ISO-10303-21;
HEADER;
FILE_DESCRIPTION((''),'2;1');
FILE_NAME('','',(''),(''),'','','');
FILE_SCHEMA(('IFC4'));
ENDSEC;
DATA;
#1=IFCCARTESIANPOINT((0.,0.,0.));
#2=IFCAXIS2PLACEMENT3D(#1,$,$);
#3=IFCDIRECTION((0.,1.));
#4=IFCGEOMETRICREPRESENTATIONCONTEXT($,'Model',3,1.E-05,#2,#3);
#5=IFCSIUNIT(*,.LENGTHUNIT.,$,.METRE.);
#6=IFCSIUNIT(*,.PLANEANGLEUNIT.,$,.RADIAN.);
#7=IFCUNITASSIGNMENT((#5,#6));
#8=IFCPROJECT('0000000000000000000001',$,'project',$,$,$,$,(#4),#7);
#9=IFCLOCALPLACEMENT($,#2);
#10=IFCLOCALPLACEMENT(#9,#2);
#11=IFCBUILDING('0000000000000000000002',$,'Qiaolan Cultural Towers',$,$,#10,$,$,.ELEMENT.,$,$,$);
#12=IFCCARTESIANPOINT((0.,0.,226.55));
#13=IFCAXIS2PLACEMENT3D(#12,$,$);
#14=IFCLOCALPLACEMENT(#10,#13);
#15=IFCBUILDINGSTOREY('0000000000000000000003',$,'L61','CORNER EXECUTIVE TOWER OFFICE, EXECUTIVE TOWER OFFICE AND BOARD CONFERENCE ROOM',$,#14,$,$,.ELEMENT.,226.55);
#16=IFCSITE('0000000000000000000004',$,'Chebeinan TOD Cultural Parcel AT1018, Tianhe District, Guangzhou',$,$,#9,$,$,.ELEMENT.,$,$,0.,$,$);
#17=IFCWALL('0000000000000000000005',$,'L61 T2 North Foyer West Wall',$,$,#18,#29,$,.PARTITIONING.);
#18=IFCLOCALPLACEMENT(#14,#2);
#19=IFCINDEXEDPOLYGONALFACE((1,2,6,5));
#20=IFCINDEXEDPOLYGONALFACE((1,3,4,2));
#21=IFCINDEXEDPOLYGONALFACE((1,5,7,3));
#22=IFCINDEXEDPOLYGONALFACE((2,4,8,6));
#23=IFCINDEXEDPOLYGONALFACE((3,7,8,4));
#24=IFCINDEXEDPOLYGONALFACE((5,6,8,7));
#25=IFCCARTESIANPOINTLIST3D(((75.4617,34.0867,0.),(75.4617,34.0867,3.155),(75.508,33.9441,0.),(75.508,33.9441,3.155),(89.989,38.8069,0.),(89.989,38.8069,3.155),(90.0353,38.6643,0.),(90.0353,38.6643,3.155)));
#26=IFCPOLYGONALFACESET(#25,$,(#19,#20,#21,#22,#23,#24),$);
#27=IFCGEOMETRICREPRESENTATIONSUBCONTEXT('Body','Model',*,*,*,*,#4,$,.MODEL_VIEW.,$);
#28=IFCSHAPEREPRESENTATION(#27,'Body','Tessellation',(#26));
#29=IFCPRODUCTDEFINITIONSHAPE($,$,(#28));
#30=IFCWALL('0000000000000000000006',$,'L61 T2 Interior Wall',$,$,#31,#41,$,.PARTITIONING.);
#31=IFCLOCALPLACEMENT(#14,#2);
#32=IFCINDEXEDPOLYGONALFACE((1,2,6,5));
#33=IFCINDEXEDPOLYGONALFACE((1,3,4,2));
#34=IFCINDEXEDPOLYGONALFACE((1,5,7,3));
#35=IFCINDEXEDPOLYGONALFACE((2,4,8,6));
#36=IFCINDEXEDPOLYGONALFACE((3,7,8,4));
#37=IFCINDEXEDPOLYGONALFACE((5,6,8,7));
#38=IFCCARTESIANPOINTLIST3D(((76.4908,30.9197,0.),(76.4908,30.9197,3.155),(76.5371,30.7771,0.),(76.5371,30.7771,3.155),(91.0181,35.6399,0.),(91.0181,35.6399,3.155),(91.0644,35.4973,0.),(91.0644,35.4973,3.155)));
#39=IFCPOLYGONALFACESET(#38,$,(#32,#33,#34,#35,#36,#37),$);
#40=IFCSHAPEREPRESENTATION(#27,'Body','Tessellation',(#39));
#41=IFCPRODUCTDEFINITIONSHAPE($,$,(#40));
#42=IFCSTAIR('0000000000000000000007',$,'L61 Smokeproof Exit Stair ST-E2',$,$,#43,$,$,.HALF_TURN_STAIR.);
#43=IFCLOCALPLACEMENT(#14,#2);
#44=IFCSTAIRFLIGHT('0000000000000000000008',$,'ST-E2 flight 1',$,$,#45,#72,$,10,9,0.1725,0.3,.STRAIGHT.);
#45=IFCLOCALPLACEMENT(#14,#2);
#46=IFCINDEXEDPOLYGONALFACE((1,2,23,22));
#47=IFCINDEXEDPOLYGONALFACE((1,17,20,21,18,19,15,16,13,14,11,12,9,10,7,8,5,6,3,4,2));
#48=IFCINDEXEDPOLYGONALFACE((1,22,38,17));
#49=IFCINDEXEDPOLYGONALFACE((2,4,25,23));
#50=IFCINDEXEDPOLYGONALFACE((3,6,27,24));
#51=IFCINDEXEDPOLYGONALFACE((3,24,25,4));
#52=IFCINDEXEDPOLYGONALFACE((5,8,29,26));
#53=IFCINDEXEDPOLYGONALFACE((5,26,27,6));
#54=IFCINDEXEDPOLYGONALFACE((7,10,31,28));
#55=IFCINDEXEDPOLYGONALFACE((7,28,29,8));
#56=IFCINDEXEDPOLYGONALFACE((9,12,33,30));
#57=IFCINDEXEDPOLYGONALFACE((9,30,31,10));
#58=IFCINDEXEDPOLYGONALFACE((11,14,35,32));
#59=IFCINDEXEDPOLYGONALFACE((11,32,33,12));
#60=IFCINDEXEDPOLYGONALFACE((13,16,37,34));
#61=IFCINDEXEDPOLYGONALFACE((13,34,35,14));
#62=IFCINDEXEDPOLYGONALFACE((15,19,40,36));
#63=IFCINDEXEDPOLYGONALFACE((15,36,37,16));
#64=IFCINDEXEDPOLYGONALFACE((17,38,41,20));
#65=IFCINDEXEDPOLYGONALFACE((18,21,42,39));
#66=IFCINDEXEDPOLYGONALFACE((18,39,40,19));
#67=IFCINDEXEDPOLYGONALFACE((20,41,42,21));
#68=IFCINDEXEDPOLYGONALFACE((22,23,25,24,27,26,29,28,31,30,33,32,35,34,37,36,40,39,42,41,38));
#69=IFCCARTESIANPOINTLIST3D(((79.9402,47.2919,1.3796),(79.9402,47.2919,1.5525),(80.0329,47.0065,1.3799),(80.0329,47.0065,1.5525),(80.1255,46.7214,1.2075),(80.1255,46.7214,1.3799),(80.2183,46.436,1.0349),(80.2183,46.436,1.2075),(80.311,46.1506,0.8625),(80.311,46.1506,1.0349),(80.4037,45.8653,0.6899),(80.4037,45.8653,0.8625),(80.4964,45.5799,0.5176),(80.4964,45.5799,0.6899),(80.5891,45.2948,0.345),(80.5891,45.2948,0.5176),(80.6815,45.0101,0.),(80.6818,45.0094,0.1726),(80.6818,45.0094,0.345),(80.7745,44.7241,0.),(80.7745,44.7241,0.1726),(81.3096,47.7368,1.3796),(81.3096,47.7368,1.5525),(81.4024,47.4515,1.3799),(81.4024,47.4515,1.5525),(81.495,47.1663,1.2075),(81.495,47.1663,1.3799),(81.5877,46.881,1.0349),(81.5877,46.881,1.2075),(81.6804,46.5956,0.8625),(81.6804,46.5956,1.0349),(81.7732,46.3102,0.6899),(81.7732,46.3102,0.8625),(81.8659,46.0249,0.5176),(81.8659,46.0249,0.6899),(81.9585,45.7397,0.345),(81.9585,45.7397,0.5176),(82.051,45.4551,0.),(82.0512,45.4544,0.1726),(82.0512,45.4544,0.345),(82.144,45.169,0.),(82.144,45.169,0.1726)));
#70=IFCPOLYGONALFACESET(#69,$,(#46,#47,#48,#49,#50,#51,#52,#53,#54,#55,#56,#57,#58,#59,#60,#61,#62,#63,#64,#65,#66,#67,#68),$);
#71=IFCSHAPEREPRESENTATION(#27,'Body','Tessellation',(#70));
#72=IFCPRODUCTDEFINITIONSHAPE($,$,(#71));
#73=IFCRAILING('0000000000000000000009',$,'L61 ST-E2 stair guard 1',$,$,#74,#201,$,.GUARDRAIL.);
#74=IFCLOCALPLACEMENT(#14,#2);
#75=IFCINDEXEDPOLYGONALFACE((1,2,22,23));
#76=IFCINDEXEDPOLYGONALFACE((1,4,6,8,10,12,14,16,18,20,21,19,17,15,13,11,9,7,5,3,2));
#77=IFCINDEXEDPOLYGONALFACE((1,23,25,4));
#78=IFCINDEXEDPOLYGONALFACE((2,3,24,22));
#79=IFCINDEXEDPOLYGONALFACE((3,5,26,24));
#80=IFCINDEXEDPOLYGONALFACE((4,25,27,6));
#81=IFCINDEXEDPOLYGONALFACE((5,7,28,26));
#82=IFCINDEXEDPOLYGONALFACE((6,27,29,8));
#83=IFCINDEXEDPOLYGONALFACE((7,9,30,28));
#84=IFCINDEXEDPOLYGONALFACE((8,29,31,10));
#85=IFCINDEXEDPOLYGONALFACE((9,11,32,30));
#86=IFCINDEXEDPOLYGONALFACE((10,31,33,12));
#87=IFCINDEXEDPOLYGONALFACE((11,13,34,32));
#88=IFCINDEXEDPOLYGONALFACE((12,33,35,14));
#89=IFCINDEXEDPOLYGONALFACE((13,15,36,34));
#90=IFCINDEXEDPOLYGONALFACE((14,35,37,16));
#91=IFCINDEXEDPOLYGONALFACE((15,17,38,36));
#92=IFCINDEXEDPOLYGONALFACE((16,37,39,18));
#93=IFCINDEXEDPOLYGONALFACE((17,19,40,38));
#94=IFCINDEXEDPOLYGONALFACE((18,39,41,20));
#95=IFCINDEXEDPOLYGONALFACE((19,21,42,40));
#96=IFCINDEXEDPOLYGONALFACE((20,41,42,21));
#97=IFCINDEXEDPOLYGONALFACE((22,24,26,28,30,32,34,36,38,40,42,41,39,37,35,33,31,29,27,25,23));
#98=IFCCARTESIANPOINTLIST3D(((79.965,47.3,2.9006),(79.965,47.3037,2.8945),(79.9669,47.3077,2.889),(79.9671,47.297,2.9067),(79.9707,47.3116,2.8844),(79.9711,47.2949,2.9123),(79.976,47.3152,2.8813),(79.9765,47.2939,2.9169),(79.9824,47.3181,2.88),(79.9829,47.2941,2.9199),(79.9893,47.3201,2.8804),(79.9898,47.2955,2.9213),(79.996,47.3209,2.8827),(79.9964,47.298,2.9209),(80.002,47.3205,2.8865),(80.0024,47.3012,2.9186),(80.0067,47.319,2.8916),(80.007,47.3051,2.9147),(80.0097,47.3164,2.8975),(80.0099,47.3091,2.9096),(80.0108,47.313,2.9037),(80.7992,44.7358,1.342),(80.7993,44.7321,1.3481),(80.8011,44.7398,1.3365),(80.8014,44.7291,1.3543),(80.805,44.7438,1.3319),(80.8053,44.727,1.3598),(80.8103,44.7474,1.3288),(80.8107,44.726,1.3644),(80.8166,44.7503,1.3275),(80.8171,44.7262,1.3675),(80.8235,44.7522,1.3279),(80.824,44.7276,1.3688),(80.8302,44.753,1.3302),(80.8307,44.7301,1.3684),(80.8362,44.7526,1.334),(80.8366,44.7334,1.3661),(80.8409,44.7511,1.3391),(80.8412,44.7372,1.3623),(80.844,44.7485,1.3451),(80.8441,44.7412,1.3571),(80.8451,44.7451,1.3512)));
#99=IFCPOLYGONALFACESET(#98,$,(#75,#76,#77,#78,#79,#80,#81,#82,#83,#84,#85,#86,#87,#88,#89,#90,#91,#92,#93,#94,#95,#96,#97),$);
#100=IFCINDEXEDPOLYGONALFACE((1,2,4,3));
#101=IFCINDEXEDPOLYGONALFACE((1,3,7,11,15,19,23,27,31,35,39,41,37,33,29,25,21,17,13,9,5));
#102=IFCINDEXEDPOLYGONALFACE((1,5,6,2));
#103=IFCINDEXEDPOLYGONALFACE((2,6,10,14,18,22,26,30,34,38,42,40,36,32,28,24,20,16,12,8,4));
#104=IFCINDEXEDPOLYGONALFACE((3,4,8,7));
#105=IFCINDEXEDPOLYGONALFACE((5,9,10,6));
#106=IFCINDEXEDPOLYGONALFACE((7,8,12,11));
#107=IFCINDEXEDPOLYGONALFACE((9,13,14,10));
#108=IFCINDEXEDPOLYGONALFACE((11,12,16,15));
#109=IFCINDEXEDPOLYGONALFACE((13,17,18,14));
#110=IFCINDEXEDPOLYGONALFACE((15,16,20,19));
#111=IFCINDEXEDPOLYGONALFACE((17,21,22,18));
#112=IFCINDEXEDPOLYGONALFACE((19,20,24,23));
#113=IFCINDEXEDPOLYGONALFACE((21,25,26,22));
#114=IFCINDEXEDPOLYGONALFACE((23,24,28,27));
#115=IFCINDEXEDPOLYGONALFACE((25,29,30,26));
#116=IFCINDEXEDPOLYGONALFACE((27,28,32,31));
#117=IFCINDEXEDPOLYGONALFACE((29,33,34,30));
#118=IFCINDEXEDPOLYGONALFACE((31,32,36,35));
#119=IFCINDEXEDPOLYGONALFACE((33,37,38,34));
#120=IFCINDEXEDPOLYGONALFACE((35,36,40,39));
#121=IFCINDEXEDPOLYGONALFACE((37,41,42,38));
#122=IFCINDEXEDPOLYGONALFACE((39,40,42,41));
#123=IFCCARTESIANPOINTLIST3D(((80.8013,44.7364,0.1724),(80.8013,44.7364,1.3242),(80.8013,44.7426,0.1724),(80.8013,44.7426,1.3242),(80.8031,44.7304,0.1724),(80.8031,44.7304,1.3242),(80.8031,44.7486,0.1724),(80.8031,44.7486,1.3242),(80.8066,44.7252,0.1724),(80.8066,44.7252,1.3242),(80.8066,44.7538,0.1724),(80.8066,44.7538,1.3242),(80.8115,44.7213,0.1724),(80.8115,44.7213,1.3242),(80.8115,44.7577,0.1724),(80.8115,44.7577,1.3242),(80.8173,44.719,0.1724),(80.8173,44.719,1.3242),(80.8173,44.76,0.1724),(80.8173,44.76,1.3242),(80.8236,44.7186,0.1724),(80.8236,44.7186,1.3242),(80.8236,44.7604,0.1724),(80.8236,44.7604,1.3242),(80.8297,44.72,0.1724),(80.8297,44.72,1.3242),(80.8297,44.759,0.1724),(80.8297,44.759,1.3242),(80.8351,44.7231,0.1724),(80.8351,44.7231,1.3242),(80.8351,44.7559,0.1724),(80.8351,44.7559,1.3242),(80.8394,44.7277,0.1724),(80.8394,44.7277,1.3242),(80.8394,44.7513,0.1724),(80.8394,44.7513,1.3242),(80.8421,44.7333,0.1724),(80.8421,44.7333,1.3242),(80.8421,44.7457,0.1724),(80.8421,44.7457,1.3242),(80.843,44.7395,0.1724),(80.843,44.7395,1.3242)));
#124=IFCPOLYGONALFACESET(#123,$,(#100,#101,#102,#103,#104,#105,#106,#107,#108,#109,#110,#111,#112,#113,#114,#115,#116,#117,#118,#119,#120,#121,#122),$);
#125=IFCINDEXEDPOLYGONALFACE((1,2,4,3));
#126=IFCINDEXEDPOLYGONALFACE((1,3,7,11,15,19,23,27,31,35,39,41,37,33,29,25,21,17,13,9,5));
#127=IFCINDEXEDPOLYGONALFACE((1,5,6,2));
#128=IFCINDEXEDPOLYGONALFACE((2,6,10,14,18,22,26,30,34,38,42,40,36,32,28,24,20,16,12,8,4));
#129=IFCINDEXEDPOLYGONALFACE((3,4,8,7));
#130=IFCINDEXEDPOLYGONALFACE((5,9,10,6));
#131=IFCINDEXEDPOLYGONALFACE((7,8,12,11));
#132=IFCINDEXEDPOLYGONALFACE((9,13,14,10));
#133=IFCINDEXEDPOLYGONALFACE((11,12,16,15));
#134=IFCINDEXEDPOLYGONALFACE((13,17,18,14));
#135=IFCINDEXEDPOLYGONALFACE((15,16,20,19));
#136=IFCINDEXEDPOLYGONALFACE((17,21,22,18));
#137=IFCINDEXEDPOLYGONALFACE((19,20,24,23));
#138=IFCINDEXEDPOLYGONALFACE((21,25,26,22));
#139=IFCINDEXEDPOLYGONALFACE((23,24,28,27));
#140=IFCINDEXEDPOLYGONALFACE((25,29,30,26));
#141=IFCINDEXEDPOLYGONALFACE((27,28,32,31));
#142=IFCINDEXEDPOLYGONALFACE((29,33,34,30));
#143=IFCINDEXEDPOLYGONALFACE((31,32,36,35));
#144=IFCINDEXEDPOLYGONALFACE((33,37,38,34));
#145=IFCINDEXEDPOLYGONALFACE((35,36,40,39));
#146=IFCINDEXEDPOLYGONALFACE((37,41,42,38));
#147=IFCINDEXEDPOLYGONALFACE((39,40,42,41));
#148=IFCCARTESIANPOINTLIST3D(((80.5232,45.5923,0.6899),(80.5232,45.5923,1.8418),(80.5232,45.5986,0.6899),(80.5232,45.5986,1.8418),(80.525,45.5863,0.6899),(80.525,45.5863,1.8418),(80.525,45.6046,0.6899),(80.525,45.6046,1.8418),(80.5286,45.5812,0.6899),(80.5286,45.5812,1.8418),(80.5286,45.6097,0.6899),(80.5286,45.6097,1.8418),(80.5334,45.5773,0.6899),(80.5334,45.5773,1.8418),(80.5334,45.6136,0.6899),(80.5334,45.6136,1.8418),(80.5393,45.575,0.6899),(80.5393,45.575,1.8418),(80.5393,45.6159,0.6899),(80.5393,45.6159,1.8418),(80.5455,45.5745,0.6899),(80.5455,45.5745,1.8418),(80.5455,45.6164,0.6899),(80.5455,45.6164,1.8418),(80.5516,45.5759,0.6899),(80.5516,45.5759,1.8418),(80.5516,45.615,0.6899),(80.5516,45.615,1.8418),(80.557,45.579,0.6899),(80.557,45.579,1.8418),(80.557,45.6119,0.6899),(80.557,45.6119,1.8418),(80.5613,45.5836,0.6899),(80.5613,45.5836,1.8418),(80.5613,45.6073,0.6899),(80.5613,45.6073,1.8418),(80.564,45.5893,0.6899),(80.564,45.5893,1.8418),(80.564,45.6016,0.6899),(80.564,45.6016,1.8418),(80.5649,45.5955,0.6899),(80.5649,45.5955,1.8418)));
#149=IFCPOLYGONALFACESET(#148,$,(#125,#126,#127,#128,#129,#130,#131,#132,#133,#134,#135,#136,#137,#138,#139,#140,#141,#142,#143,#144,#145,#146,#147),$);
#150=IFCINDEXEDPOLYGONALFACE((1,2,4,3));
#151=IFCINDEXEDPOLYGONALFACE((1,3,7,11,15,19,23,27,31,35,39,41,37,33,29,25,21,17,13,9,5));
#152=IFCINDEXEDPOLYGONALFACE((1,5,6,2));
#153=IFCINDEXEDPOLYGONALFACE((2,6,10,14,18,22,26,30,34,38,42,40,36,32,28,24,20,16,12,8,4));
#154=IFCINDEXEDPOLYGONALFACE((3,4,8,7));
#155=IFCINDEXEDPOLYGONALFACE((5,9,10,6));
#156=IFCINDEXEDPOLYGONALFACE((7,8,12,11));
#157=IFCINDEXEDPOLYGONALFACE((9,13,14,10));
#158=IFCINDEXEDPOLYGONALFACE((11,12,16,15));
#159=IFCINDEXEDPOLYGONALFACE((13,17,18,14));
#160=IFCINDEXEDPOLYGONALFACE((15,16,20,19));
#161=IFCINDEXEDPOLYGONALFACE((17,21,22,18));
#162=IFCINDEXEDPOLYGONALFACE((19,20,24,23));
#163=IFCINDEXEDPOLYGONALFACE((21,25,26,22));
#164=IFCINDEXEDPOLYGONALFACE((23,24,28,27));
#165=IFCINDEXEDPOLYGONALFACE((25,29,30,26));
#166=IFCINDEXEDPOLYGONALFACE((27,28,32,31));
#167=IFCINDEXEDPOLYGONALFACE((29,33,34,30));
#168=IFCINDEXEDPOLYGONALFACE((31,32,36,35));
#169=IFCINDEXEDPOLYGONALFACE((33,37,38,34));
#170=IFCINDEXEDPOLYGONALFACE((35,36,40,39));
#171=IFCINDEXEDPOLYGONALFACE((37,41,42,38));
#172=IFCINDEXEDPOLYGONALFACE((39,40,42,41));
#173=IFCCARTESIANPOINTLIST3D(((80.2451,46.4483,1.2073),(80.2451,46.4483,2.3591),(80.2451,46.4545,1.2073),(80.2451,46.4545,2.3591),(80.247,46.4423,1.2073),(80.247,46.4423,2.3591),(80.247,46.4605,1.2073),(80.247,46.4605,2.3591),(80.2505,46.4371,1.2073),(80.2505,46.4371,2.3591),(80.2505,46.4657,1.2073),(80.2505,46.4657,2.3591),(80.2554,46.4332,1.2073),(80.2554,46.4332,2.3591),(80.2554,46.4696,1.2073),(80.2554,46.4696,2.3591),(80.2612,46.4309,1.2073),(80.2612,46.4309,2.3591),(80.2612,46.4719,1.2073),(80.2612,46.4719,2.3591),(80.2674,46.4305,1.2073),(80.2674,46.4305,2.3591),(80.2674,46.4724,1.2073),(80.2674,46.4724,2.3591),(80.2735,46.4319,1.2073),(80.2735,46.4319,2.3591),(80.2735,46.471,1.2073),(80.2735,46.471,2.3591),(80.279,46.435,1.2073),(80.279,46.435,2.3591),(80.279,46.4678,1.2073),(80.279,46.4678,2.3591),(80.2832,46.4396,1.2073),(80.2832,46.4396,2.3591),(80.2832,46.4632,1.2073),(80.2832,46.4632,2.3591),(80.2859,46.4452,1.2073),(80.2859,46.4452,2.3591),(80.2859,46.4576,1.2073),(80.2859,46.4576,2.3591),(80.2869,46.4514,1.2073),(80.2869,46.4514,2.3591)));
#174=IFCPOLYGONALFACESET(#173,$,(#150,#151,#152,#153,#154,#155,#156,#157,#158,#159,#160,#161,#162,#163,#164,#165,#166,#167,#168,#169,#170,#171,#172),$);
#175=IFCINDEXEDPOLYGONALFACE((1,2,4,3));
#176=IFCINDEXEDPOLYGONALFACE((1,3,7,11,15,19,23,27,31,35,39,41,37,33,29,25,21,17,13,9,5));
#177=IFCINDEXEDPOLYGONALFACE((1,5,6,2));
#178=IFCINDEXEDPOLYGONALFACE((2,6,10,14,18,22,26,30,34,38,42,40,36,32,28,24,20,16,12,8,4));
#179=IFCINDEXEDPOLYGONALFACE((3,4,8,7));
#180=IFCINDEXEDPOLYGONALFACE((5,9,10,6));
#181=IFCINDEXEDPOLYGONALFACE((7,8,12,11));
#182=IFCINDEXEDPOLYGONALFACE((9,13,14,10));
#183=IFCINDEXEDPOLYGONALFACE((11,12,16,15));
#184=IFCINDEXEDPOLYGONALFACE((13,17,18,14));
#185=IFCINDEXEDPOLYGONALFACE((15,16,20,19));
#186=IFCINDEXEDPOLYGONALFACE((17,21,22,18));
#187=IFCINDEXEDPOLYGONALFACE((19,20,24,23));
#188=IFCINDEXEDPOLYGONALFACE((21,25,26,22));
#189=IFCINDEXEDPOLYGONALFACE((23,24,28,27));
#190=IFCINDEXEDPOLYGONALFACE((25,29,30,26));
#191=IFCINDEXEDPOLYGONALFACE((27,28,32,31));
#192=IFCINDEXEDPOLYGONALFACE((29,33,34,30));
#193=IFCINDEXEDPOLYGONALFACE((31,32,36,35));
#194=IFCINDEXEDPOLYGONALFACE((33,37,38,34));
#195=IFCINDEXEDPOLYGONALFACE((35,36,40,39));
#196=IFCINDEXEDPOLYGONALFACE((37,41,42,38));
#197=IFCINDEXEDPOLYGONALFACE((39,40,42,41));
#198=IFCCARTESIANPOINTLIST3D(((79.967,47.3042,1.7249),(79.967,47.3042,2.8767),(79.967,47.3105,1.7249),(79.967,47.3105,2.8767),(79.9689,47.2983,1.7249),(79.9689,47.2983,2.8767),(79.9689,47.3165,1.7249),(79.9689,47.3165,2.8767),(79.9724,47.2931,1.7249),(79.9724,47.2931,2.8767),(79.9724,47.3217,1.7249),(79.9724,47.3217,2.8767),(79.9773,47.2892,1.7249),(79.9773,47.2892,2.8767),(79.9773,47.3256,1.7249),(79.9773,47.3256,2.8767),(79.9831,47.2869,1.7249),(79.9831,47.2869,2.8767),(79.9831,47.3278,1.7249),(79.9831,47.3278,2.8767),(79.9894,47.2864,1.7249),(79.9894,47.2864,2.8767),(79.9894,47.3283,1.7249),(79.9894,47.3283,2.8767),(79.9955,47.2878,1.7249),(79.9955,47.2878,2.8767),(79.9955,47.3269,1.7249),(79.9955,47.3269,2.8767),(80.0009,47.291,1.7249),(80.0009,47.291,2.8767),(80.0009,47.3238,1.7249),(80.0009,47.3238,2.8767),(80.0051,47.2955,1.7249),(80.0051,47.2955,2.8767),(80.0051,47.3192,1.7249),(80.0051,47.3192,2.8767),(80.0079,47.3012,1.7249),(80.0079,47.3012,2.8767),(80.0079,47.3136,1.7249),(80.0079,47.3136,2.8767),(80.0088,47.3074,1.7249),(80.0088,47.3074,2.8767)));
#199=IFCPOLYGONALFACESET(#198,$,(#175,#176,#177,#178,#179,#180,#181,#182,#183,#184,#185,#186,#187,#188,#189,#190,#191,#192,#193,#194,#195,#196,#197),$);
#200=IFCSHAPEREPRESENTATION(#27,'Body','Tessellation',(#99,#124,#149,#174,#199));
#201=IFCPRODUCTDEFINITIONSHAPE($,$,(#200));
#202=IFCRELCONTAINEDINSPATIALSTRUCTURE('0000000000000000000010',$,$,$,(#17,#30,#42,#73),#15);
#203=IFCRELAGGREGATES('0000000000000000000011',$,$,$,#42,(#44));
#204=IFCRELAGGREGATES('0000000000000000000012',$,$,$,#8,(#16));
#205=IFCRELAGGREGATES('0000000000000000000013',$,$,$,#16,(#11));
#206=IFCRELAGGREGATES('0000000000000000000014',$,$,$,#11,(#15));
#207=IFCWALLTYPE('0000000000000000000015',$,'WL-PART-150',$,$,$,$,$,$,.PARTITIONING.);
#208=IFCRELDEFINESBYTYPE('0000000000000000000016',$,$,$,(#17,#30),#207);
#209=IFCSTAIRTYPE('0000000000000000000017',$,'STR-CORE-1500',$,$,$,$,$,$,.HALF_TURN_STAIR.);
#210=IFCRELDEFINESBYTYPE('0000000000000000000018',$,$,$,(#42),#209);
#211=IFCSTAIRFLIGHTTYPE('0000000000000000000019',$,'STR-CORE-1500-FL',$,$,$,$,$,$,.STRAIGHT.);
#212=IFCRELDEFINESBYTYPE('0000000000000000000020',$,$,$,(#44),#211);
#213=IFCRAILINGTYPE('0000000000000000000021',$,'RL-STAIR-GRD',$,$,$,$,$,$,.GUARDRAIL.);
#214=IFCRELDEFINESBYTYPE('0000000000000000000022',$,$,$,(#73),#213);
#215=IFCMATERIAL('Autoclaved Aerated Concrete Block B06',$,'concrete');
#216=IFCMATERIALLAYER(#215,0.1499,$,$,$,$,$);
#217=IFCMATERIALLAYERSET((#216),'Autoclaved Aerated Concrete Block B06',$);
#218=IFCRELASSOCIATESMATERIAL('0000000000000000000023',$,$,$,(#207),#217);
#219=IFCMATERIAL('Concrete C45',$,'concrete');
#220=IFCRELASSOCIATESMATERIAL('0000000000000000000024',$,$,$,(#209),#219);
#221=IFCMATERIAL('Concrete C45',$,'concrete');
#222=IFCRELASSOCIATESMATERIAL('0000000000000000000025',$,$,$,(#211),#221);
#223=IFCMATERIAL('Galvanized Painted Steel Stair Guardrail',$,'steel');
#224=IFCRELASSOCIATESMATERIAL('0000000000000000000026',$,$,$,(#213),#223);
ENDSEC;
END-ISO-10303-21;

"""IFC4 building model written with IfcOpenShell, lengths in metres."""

from ifc_helpers import new_model, si_unit, direction, frame, frame_2d, origin, origin_2d, place, context, subcontext, project, spatial, polyline, rectangle, circle, outline, extrude, material, layer, layer_set, type_object, element, aggregate, save


model = new_model("IFC4")

# Units and contexts
model_context = context("Model", 3, precision=1e-05, world=origin(), true_north=direction((0.0, 1.0)))
body_context = subcontext(model_context, "Body", "Model", "MODEL_VIEW")
ifc_project = project(units=[si_unit("LENGTHUNIT", "METRE"), si_unit("PLANEANGLEUNIT", "RADIAN")], contexts=[model_context])

# Site, building, storey
site_placement = place(None, origin())
site = spatial("IfcSite", under=ifc_project, at=site_placement, Name="Chebeinan TOD Cultural Parcel AT1018, Tianhe District, Guangzhou", CompositionType="ELEMENT", RefElevation=0.0)
building_placement = place(site_placement, origin())
building = spatial("IfcBuilding", under=site, at=building_placement, Name="Qiaolan Cultural Towers", CompositionType="ELEMENT")
storey_placement = place(building_placement, frame((0.0, 0.0, 226.55)))
storey = spatial("IfcBuildingStorey", under=building, at=storey_placement, Name="L61", Description="CORNER EXECUTIVE TOWER OFFICE, EXECUTIVE TOWER OFFICE AND BOARD CONFERENCE ROOM", CompositionType="ELEMENT", Elevation=226.55)

# Shared definitions
ifc_material_1 = material(Name="Autoclaved Aerated Concrete Block B06", Category="concrete")
ifc_layer_1 = layer(ifc_material_1, 0.1499)
ifc_layer_set_1 = layer_set([ifc_layer_1], Name="Autoclaved Aerated Concrete Block B06")
wall_type_1 = type_object("IfcWallType", Name="WL-PART-150", PredefinedType="PARTITIONING", material=ifc_layer_set_1)

# Walls
for number, where, z_axis, x_axis, name in (
    (1, (75.4849, 34.0154, 0.0), (0.0, 0.0, 1.0), (0.951057, 0.309017, 0.0), "L61 T2 North Foyer West Wall"),
    (2, (76.5139, 30.8484, 0.0), (0.0, 0.0, 1.0), (0.951057, 0.309017, 0.0), "L61 T2 Interior Wall"),
):
    element("IfcWall", number, at=place(storey_placement, frame(where, z_axis=z_axis, x_axis=x_axis)), inside=storey, type_object=wall_type_1, Name=name, PredefinedType="PARTITIONING", context=body_context, shape_type="SweptSolid", body=[
        extrude(rectangle(XDim=15.2749, YDim=0.1499, at=frame_2d((7.6375, 0.0))), origin(), (0.0, 0.0, 1.0), 3.155),
    ])

# Stair, stair flight
ifc_material_2 = material(Name="Concrete C45", Category="concrete")
stair_type = type_object("IfcStairType", Name="STR-CORE-1500", PredefinedType="HALF_TURN_STAIR", material=ifc_material_2)
stair_placement = place(storey_placement, origin())
stair = element("IfcStair", 3, at=stair_placement, inside=storey, type_object=stair_type, Name="L61 Smokeproof Exit Stair ST-E2", PredefinedType="HALF_TURN_STAIR")
ifc_material_3 = material(Name="Concrete C45", Category="concrete")
stair_flight_type = type_object("IfcStairFlightType", Name="STR-CORE-1500-FL", PredefinedType="STRAIGHT", material=ifc_material_3)
stair_flight_placement = place(storey_placement, frame((81.4592, 44.9465, 0.0), z_axis=(0.0, 0.0, 1.0), x_axis=(-0.309017, 0.951057, 0.0)))
stair_flight = element("IfcStairFlight", 4, at=stair_flight_placement, type_object=stair_flight_type, Name="ST-E2 flight 1", NumberOfRisers=10, NumberOfTreads=9, PredefinedType="STRAIGHT", RiserHeight=0.1725, TreadLength=0.3, context=body_context, shape_type="SweptSolid", body=[
    extrude(outline(polyline([(0.0, 0.0), (0.0, 0.1726), (0.3, 0.1726), (0.3, 0.345), (0.6001, 0.345), (0.6001, 0.5176), (0.8999, 0.5176), (0.8999, 0.6899), (1.2, 0.6899), (1.2, 0.8625), (1.5, 0.8625), (1.5, 1.0349), (1.8, 1.0349), (1.8, 1.2075), (2.1001, 1.2075), (2.1001, 1.3799), (2.3999, 1.3799), (2.3999, 1.5525), (2.7, 1.5525), (2.7, 1.7251), (2.7, 1.3796), (0.3008, 0.0), (0.0, 0.0)])), frame((0.0, 0.72, 0.0), z_axis=(0.0, -1.0, 0.0), x_axis=(1.0, 0.0, 0.0)), (0.0, 0.0, 1.0), 1.4399),
])
aggregate(stair, [stair_flight])

# Railing
ifc_material_4 = material(Name="Galvanized Painted Steel Stair Guardrail", Category="steel")
railing_type_1 = type_object("IfcRailingType", Name="RL-STAIR-GRD", PredefinedType="GUARDRAIL", material=ifc_material_4)
railing_1_placement = place(storey_placement, frame((80.822, 44.7395, 0.1724)))
element("IfcRailing", 5, at=railing_1_placement, inside=storey, type_object=railing_type_1, Name="L61 ST-E2 stair guard 1", PredefinedType="GUARDRAIL", context=body_context, shape_type="SweptSolid", body=[
    extrude(circle(Radius=0.0239, at=origin_2d()), frame((0.0, 0.0, 1.1758), z_axis=(-0.267853, 0.824488, 0.498471), x_axis=(-0.95107, -0.308976, 0.0)), (0.0, 0.0, 1.0), 3.1145),
    extrude(circle(Radius=0.021, at=origin_2d()), origin(), (0.0, 0.0, 1.0), 1.1519),
    extrude(circle(Radius=0.021, at=origin_2d()), frame((-0.2781, 0.856, 0.5176)), (0.0, 0.0, 1.0), 1.1519),
    extrude(circle(Radius=0.021, at=origin_2d()), frame((-0.5562, 1.7119, 1.0349)), (0.0, 0.0, 1.0), 1.1519),
    extrude(circle(Radius=0.021, at=origin_2d()), frame((-0.8342, 2.5679, 1.5525)), (0.0, 0.0, 1.0), 1.1519),
])

save(model, "model.ifc")
